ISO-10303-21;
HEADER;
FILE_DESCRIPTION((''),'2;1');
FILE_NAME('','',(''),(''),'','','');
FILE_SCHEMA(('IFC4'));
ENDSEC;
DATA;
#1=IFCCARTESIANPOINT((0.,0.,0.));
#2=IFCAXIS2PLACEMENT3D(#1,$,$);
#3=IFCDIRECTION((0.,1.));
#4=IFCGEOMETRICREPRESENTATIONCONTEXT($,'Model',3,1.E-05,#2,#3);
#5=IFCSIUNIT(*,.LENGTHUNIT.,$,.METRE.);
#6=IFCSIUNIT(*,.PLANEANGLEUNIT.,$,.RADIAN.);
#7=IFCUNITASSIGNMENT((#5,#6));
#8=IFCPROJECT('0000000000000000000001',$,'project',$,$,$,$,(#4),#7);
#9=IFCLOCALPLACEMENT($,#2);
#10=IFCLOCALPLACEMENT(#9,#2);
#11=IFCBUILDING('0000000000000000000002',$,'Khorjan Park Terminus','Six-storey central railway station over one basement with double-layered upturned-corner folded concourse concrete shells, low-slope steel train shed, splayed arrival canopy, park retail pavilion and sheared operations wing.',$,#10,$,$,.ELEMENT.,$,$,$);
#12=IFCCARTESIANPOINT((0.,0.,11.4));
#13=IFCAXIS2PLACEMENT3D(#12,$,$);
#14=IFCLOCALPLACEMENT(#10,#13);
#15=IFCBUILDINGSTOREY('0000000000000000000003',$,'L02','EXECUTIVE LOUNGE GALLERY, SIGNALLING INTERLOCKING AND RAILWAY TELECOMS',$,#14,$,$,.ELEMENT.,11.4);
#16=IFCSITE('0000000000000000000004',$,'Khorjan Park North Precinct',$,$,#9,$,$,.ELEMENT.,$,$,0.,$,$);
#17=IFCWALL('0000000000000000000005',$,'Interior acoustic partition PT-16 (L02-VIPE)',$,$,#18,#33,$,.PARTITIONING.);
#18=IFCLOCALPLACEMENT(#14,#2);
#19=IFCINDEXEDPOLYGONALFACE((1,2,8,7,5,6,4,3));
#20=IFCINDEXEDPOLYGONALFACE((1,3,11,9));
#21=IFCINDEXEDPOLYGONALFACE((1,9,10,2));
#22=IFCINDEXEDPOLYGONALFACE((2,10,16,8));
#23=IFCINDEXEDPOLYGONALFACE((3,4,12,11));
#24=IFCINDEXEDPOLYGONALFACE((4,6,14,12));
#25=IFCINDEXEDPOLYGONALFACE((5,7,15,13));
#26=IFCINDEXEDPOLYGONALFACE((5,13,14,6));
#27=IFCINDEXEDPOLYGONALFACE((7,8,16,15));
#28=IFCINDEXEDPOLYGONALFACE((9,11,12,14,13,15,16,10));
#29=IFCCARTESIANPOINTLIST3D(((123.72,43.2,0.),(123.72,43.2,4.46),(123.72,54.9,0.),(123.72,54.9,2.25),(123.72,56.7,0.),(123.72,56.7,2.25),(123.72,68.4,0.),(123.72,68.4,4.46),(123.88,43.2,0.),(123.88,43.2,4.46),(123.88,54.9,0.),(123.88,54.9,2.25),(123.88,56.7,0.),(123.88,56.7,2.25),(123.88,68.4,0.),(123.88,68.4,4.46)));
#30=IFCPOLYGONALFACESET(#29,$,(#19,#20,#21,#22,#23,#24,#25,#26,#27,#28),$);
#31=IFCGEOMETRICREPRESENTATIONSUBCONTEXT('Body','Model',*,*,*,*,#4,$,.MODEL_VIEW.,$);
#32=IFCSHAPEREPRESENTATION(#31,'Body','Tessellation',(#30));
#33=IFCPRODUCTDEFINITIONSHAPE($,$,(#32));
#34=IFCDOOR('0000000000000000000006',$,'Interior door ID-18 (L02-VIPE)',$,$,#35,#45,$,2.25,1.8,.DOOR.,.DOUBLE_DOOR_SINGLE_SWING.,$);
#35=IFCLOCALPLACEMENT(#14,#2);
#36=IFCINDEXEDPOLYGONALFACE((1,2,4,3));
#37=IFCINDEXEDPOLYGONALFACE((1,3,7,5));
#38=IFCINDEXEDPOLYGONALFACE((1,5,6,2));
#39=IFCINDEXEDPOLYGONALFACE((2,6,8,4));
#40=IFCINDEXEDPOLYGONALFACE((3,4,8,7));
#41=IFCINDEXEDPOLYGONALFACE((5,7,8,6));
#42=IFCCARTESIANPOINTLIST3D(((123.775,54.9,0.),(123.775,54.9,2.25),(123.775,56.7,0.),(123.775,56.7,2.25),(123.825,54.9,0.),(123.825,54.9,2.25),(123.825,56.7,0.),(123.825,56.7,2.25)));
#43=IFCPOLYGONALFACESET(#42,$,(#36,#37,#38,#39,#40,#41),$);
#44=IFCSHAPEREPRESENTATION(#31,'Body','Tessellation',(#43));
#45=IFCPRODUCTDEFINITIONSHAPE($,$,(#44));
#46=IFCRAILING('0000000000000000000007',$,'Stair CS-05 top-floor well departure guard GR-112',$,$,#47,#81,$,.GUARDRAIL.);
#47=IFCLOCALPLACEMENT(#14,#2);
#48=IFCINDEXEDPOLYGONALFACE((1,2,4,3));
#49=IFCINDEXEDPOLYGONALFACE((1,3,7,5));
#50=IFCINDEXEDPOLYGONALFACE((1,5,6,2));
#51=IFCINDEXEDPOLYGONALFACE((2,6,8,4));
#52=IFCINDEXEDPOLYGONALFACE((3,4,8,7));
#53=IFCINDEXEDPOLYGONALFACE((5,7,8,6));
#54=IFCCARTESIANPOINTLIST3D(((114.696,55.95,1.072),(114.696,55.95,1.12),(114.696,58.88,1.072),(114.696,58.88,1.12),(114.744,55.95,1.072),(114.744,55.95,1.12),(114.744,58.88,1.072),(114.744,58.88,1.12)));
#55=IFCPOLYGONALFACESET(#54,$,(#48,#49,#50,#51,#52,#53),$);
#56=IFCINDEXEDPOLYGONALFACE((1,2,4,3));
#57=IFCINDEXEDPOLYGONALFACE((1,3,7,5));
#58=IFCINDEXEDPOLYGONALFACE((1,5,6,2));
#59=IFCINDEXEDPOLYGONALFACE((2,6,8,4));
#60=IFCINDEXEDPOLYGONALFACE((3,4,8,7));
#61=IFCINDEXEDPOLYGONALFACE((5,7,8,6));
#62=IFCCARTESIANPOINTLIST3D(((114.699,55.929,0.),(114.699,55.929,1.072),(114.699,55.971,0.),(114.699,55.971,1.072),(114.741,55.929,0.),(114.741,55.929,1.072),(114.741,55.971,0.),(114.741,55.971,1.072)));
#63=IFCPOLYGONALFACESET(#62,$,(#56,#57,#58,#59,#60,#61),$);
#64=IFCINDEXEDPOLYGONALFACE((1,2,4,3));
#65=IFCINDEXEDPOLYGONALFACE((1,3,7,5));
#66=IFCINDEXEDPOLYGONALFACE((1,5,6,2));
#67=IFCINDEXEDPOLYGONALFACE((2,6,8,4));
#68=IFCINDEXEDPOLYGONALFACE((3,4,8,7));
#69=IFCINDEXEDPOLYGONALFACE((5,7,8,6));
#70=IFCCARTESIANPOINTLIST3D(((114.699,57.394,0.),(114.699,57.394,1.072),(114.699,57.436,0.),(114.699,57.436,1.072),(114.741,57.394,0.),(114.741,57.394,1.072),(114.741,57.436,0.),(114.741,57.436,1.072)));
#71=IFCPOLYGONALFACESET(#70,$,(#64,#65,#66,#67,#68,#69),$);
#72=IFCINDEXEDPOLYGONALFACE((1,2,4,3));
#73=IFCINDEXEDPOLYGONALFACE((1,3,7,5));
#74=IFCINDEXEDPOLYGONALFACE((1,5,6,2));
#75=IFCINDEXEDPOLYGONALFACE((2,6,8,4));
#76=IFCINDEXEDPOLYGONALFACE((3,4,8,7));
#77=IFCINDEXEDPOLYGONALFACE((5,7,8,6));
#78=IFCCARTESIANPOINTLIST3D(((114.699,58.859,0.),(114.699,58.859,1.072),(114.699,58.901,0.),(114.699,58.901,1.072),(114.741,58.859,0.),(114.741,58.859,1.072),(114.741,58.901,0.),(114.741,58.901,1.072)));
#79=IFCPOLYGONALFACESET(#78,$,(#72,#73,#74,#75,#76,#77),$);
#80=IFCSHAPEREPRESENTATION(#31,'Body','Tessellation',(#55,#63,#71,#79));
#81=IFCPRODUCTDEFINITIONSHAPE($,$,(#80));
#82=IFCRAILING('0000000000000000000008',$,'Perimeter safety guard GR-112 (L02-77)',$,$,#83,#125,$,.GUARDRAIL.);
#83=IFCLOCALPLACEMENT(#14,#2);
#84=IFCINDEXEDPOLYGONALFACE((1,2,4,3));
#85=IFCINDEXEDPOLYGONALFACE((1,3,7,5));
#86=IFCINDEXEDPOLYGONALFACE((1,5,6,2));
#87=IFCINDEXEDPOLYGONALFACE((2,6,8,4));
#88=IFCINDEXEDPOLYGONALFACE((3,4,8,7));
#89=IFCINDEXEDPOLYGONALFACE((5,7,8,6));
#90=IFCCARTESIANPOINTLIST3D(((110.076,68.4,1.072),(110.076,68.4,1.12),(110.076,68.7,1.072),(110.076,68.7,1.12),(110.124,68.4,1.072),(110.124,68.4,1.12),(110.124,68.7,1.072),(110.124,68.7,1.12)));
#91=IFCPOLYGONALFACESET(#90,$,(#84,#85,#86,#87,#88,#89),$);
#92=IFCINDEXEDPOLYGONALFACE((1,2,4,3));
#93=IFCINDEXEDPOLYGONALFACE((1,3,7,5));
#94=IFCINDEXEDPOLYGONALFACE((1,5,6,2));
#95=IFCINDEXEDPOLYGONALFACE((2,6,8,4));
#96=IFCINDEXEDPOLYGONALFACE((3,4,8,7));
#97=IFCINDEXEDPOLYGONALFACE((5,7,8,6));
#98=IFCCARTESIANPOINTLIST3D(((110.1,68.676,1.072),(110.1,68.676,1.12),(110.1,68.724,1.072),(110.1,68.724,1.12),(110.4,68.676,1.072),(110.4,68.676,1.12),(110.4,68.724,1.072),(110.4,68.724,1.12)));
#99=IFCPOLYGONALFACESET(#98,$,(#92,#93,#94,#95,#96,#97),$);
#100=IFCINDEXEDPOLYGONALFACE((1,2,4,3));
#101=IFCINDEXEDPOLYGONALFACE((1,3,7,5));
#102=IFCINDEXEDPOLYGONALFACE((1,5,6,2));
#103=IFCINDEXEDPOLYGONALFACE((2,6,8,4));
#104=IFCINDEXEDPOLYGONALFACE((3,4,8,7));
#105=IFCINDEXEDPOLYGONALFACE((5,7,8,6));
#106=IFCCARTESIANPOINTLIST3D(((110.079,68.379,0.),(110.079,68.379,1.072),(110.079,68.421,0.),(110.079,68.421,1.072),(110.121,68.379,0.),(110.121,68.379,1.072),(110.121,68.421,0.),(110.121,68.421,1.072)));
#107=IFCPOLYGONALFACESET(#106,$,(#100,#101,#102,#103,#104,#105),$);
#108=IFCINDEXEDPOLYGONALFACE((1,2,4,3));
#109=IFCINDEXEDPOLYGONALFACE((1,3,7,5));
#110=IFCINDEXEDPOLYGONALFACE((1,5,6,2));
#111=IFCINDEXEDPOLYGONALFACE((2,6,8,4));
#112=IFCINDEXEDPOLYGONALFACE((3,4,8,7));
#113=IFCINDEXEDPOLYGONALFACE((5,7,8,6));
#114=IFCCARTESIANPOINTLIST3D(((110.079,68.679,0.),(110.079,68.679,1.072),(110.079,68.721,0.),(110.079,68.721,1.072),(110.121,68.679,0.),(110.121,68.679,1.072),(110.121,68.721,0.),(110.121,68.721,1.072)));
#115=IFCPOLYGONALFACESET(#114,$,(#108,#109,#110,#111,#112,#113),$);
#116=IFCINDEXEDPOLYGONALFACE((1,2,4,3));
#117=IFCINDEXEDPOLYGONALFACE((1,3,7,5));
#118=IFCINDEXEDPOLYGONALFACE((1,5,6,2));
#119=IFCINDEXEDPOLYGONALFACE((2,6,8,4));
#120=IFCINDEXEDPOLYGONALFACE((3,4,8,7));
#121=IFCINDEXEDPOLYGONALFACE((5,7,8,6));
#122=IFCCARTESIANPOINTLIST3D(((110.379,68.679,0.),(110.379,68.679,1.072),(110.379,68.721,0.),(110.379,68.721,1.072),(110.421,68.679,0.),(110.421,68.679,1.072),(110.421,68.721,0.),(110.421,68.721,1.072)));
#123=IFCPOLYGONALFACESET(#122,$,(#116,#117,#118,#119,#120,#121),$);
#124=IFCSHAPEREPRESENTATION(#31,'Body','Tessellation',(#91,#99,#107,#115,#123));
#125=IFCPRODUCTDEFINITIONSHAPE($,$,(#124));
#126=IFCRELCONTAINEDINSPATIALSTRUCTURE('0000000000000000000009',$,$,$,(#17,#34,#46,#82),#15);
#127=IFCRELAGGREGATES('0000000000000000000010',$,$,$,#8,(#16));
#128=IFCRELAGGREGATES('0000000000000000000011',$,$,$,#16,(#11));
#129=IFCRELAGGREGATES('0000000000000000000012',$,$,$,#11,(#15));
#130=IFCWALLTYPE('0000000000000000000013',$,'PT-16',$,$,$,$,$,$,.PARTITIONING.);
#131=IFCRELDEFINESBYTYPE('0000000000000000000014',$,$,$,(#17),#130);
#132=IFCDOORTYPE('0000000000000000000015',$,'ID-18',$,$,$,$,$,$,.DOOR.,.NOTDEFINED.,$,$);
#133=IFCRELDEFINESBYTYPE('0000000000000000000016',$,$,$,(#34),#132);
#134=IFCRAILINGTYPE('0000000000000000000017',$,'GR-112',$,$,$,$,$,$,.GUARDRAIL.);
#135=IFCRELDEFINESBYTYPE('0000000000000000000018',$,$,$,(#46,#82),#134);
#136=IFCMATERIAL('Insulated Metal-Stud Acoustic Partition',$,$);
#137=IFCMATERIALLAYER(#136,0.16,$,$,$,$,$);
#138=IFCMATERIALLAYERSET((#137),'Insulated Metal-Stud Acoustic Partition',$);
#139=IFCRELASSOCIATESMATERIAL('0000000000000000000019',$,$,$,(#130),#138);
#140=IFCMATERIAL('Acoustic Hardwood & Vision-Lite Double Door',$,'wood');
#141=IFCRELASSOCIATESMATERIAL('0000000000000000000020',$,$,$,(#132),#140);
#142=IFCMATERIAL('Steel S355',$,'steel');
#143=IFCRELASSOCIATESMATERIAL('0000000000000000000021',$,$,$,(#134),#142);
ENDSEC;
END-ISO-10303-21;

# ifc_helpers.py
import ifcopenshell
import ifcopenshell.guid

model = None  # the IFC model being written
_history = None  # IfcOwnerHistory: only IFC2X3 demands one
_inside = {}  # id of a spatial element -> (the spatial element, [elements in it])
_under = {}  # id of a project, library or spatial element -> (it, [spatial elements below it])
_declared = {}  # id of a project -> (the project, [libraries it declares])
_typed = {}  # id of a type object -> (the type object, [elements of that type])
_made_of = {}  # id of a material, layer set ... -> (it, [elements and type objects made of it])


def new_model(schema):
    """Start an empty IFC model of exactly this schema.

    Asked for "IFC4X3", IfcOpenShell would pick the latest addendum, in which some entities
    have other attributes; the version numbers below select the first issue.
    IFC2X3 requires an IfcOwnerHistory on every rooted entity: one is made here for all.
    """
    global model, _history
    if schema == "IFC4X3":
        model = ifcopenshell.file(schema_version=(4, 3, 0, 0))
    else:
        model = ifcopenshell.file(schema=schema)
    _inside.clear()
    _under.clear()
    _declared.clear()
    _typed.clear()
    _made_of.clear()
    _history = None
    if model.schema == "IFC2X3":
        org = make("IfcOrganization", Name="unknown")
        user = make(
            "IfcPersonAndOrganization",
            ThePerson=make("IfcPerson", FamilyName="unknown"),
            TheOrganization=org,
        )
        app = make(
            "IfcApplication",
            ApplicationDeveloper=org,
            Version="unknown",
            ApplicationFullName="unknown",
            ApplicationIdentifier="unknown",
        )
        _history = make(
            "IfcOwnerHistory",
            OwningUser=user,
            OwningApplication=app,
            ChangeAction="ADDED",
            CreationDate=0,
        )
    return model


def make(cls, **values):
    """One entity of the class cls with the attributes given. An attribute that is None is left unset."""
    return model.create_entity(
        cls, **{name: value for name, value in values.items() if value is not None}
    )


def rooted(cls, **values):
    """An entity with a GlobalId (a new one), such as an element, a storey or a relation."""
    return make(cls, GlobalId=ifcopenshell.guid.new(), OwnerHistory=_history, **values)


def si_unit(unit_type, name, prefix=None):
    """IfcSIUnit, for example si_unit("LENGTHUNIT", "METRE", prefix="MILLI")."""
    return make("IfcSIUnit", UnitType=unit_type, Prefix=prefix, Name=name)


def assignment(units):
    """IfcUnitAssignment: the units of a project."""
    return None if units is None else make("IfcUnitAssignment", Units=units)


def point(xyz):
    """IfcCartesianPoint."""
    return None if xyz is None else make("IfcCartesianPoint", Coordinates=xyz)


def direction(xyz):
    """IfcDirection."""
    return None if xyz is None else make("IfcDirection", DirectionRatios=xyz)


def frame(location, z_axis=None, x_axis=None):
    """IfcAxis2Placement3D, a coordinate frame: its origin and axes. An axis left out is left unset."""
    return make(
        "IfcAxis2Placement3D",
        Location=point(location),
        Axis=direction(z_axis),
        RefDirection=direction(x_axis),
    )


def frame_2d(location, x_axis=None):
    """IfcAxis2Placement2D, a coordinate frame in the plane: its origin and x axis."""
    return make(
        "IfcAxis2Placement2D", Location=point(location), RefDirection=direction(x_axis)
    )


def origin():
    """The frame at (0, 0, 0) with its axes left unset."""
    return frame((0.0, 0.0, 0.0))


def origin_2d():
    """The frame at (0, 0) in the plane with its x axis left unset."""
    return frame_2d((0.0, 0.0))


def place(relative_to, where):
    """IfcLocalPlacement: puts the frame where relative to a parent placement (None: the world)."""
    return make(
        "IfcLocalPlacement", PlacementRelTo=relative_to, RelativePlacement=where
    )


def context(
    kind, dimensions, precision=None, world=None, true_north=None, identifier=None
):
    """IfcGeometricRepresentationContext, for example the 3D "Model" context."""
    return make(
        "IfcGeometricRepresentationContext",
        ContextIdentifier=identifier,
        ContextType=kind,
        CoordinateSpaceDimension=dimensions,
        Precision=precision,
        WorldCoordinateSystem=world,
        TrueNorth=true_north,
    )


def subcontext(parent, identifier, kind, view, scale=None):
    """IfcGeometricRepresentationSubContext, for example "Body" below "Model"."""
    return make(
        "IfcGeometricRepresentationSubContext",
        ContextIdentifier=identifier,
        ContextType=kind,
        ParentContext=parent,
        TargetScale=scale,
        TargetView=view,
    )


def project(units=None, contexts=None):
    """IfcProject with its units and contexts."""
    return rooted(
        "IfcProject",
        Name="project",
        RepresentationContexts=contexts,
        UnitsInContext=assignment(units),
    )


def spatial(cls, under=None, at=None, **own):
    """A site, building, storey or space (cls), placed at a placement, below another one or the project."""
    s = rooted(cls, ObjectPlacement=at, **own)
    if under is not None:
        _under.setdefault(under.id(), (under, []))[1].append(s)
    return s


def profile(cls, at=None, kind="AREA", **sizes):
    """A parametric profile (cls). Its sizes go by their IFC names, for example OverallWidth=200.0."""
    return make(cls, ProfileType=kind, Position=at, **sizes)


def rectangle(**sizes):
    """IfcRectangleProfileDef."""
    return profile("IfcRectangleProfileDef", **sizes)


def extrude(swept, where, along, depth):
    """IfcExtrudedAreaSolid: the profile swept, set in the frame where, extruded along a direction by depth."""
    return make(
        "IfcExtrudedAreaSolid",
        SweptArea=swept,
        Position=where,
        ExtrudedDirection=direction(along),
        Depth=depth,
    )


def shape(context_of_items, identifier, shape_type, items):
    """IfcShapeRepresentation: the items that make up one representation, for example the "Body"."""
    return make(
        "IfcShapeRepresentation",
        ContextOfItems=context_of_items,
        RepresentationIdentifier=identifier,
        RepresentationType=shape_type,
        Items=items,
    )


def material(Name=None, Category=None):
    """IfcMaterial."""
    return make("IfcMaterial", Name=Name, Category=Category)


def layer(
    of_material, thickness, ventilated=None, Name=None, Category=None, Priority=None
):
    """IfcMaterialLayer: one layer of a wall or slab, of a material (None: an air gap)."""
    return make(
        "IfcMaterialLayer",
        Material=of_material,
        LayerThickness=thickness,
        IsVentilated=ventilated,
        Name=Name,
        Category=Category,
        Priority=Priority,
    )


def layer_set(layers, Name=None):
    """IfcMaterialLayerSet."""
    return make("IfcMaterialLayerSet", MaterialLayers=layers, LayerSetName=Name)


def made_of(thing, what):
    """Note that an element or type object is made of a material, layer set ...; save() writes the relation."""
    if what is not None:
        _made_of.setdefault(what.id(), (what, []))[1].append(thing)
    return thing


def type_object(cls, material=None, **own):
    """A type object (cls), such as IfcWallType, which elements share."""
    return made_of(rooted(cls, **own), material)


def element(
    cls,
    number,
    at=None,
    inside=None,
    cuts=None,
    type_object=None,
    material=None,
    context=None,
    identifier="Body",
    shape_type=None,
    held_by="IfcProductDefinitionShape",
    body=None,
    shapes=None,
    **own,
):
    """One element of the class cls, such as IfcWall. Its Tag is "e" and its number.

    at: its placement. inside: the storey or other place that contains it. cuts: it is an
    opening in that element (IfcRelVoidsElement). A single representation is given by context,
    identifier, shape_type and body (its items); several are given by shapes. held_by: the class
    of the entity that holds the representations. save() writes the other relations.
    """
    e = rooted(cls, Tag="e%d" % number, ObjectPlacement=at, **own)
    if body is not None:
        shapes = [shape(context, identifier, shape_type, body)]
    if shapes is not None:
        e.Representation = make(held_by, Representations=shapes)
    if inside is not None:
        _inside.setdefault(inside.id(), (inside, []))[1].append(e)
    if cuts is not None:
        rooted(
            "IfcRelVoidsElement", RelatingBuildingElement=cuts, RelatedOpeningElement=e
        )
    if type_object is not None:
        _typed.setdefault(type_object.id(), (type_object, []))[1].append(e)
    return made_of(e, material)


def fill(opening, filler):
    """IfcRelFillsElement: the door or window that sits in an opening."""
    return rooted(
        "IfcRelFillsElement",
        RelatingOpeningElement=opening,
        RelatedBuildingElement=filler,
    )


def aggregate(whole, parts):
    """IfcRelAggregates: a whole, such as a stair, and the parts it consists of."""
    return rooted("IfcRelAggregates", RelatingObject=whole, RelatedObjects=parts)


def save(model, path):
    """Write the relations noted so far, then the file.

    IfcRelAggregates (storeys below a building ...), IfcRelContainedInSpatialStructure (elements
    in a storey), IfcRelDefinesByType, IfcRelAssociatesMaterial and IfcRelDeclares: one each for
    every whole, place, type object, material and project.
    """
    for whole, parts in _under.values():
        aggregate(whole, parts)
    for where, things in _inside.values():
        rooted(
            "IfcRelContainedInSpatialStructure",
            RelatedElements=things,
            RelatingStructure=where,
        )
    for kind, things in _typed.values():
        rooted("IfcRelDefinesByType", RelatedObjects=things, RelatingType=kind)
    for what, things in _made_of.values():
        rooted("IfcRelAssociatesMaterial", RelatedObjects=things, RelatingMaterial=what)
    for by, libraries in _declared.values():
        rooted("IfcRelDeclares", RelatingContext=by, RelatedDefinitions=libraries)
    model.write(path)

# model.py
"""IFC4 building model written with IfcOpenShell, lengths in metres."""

from ifc_helpers import new_model, si_unit, direction, frame, frame_2d, origin, origin_2d, place, context, subcontext, project, spatial, rectangle, extrude, material, layer, layer_set, type_object, element, fill, save


model = new_model("IFC4")

# Units and contexts
model_context = context("Model", 3, precision=1e-05, world=origin(), true_north=direction((0.0, 1.0)))
body_context = subcontext(model_context, "Body", "Model", "MODEL_VIEW")
ifc_project = project(units=[si_unit("LENGTHUNIT", "METRE"), si_unit("PLANEANGLEUNIT", "RADIAN")], contexts=[model_context])

# Site, building, storey
site_placement = place(None, origin())
site = spatial("IfcSite", under=ifc_project, at=site_placement, Name="Khorjan Park North Precinct", CompositionType="ELEMENT", RefElevation=0.0)
building_placement = place(site_placement, origin())
building = spatial("IfcBuilding", under=site, at=building_placement, Name="Khorjan Park Terminus", Description="Six-storey central railway station over one basement with double-layered upturned-corner folded concourse concrete shells, low-slope steel train shed, splayed arrival canopy, park retail pavilion and sheared operations wing.", CompositionType="ELEMENT")
storey_placement = place(building_placement, frame((0.0, 0.0, 11.4)))
storey = spatial("IfcBuildingStorey", under=building, at=storey_placement, Name="L02", Description="EXECUTIVE LOUNGE GALLERY, SIGNALLING INTERLOCKING AND RAILWAY TELECOMS", CompositionType="ELEMENT", Elevation=11.4)

# Shared definitions
ifc_material_1 = material(Name="Steel S355", Category="steel")

# Shared definitions
ifc_material_2 = material(Name="Insulated Metal-Stud Acoustic Partition")
ifc_layer_1 = layer(ifc_material_2, 0.16)
ifc_layer_set_1 = layer_set([ifc_layer_1], Name="Insulated Metal-Stud Acoustic Partition")
wall_type_1 = type_object("IfcWallType", Name="PT-16", PredefinedType="PARTITIONING", material=ifc_layer_set_1)

# Wall, opening, door
wall_1_placement = place(storey_placement, frame((123.8, 68.4, 0.0), z_axis=(0.0, 0.0, 1.0), x_axis=(0.0, -1.0, 0.0)))
wall_1 = element("IfcWall", 1, at=wall_1_placement, inside=storey, type_object=wall_type_1, Name="Interior acoustic partition PT-16 (L02-VIPE)", PredefinedType="PARTITIONING", context=body_context, shape_type="SweptSolid", body=[
    extrude(rectangle(XDim=25.2, YDim=0.16, at=frame_2d((12.6, 0.0))), origin(), (0.0, 0.0, 1.0), 4.46),
])
opening_1_placement = place(wall_1_placement, frame((11.7, 0.0, 0.0)))
opening_1 = element("IfcOpeningElement", 2, at=opening_1_placement, cuts=wall_1, PredefinedType="OPENING", context=body_context, shape_type="SweptSolid", body=[
    extrude(rectangle(XDim=1.8, YDim=2.25, at=frame_2d((0.9, 1.125))), frame((0.0, 0.09, 0.0), z_axis=(0.0, -1.0, 0.0), x_axis=(1.0, 0.0, 0.0)), (0.0, 0.0, 1.0), 0.18),
])
ifc_material_3 = material(Name="Acoustic Hardwood & Vision-Lite Double Door", Category="wood")
door_type_1 = type_object("IfcDoorType", Name="ID-18", OperationType="NOTDEFINED", PredefinedType="DOOR", material=ifc_material_3)
door_1_placement = place(opening_1_placement, origin())
door_1 = element("IfcDoor", 3, at=door_1_placement, inside=storey, type_object=door_type_1, Name="Interior door ID-18 (L02-VIPE)", OperationType="DOUBLE_DOOR_SINGLE_SWING", OverallHeight=2.25, OverallWidth=1.8, PredefinedType="DOOR", context=body_context, shape_type="SweptSolid", body=[
    extrude(rectangle(XDim=1.8, YDim=2.25, at=frame_2d((0.9, 1.125))), frame((0.0, 0.025, 0.0), z_axis=(0.0, -1.0, 0.0), x_axis=(1.0, 0.0, 0.0)), (0.0, 0.0, 1.0), 0.05),
])
fill(opening_1, door_1)

# Railings
railing_type_1 = type_object("IfcRailingType", Name="GR-112", PredefinedType="GUARDRAIL", material=ifc_material_1)
railing_1_placement = place(storey_placement, frame((114.72, 55.95, 0.0)))
element("IfcRailing", 4, at=railing_1_placement, inside=storey, type_object=railing_type_1, Name="Stair CS-05 top-floor well departure guard GR-112", PredefinedType="GUARDRAIL", context=body_context, shape_type="SweptSolid", body=[
    extrude(rectangle(XDim=0.048, YDim=0.048, at=origin_2d()), frame((0.0, 0.0, 1.096), z_axis=(0.0, 1.0, 0.0), x_axis=(-1.0, 0.0, 0.0)), (0.0, 0.0, 1.0), 2.93),
    extrude(rectangle(XDim=0.042, YDim=0.042, at=origin_2d()), origin(), (0.0, 0.0, 1.0), 1.072),
    extrude(rectangle(XDim=0.042, YDim=0.042, at=origin_2d()), frame((0.0, 1.465, 0.0)), (0.0, 0.0, 1.0), 1.072),
    extrude(rectangle(XDim=0.042, YDim=0.042, at=origin_2d()), frame((0.0, 2.93, 0.0)), (0.0, 0.0, 1.0), 1.072),
])
railing_2_placement = place(storey_placement, frame((110.1, 68.4, 0.0)))
element("IfcRailing", 5, at=railing_2_placement, inside=storey, type_object=railing_type_1, Name="Perimeter safety guard GR-112 (L02-77)", PredefinedType="GUARDRAIL", context=body_context, shape_type="SweptSolid", body=[
    extrude(rectangle(XDim=0.048, YDim=0.048, at=origin_2d()), frame((0.0, 0.0, 1.096), z_axis=(0.0, 1.0, 0.0), x_axis=(-1.0, 0.0, 0.0)), (0.0, 0.0, 1.0), 0.3),
    extrude(rectangle(XDim=0.048, YDim=0.048, at=origin_2d()), frame((0.0, 0.3, 1.096), z_axis=(1.0, 0.0, 0.0), x_axis=(0.0, 1.0, 0.0)), (0.0, 0.0, 1.0), 0.3),
    extrude(rectangle(XDim=0.042, YDim=0.042, at=origin_2d()), origin(), (0.0, 0.0, 1.0), 1.072),
    extrude(rectangle(XDim=0.042, YDim=0.042, at=origin_2d()), frame((0.0, 0.3, 0.0)), (0.0, 0.0, 1.0), 1.072),
    extrude(rectangle(XDim=0.042, YDim=0.042, at=origin_2d()), frame((0.3, 0.3, 0.0)), (0.0, 0.0, 1.0), 1.072),
])

save(model, "model.ifc")
